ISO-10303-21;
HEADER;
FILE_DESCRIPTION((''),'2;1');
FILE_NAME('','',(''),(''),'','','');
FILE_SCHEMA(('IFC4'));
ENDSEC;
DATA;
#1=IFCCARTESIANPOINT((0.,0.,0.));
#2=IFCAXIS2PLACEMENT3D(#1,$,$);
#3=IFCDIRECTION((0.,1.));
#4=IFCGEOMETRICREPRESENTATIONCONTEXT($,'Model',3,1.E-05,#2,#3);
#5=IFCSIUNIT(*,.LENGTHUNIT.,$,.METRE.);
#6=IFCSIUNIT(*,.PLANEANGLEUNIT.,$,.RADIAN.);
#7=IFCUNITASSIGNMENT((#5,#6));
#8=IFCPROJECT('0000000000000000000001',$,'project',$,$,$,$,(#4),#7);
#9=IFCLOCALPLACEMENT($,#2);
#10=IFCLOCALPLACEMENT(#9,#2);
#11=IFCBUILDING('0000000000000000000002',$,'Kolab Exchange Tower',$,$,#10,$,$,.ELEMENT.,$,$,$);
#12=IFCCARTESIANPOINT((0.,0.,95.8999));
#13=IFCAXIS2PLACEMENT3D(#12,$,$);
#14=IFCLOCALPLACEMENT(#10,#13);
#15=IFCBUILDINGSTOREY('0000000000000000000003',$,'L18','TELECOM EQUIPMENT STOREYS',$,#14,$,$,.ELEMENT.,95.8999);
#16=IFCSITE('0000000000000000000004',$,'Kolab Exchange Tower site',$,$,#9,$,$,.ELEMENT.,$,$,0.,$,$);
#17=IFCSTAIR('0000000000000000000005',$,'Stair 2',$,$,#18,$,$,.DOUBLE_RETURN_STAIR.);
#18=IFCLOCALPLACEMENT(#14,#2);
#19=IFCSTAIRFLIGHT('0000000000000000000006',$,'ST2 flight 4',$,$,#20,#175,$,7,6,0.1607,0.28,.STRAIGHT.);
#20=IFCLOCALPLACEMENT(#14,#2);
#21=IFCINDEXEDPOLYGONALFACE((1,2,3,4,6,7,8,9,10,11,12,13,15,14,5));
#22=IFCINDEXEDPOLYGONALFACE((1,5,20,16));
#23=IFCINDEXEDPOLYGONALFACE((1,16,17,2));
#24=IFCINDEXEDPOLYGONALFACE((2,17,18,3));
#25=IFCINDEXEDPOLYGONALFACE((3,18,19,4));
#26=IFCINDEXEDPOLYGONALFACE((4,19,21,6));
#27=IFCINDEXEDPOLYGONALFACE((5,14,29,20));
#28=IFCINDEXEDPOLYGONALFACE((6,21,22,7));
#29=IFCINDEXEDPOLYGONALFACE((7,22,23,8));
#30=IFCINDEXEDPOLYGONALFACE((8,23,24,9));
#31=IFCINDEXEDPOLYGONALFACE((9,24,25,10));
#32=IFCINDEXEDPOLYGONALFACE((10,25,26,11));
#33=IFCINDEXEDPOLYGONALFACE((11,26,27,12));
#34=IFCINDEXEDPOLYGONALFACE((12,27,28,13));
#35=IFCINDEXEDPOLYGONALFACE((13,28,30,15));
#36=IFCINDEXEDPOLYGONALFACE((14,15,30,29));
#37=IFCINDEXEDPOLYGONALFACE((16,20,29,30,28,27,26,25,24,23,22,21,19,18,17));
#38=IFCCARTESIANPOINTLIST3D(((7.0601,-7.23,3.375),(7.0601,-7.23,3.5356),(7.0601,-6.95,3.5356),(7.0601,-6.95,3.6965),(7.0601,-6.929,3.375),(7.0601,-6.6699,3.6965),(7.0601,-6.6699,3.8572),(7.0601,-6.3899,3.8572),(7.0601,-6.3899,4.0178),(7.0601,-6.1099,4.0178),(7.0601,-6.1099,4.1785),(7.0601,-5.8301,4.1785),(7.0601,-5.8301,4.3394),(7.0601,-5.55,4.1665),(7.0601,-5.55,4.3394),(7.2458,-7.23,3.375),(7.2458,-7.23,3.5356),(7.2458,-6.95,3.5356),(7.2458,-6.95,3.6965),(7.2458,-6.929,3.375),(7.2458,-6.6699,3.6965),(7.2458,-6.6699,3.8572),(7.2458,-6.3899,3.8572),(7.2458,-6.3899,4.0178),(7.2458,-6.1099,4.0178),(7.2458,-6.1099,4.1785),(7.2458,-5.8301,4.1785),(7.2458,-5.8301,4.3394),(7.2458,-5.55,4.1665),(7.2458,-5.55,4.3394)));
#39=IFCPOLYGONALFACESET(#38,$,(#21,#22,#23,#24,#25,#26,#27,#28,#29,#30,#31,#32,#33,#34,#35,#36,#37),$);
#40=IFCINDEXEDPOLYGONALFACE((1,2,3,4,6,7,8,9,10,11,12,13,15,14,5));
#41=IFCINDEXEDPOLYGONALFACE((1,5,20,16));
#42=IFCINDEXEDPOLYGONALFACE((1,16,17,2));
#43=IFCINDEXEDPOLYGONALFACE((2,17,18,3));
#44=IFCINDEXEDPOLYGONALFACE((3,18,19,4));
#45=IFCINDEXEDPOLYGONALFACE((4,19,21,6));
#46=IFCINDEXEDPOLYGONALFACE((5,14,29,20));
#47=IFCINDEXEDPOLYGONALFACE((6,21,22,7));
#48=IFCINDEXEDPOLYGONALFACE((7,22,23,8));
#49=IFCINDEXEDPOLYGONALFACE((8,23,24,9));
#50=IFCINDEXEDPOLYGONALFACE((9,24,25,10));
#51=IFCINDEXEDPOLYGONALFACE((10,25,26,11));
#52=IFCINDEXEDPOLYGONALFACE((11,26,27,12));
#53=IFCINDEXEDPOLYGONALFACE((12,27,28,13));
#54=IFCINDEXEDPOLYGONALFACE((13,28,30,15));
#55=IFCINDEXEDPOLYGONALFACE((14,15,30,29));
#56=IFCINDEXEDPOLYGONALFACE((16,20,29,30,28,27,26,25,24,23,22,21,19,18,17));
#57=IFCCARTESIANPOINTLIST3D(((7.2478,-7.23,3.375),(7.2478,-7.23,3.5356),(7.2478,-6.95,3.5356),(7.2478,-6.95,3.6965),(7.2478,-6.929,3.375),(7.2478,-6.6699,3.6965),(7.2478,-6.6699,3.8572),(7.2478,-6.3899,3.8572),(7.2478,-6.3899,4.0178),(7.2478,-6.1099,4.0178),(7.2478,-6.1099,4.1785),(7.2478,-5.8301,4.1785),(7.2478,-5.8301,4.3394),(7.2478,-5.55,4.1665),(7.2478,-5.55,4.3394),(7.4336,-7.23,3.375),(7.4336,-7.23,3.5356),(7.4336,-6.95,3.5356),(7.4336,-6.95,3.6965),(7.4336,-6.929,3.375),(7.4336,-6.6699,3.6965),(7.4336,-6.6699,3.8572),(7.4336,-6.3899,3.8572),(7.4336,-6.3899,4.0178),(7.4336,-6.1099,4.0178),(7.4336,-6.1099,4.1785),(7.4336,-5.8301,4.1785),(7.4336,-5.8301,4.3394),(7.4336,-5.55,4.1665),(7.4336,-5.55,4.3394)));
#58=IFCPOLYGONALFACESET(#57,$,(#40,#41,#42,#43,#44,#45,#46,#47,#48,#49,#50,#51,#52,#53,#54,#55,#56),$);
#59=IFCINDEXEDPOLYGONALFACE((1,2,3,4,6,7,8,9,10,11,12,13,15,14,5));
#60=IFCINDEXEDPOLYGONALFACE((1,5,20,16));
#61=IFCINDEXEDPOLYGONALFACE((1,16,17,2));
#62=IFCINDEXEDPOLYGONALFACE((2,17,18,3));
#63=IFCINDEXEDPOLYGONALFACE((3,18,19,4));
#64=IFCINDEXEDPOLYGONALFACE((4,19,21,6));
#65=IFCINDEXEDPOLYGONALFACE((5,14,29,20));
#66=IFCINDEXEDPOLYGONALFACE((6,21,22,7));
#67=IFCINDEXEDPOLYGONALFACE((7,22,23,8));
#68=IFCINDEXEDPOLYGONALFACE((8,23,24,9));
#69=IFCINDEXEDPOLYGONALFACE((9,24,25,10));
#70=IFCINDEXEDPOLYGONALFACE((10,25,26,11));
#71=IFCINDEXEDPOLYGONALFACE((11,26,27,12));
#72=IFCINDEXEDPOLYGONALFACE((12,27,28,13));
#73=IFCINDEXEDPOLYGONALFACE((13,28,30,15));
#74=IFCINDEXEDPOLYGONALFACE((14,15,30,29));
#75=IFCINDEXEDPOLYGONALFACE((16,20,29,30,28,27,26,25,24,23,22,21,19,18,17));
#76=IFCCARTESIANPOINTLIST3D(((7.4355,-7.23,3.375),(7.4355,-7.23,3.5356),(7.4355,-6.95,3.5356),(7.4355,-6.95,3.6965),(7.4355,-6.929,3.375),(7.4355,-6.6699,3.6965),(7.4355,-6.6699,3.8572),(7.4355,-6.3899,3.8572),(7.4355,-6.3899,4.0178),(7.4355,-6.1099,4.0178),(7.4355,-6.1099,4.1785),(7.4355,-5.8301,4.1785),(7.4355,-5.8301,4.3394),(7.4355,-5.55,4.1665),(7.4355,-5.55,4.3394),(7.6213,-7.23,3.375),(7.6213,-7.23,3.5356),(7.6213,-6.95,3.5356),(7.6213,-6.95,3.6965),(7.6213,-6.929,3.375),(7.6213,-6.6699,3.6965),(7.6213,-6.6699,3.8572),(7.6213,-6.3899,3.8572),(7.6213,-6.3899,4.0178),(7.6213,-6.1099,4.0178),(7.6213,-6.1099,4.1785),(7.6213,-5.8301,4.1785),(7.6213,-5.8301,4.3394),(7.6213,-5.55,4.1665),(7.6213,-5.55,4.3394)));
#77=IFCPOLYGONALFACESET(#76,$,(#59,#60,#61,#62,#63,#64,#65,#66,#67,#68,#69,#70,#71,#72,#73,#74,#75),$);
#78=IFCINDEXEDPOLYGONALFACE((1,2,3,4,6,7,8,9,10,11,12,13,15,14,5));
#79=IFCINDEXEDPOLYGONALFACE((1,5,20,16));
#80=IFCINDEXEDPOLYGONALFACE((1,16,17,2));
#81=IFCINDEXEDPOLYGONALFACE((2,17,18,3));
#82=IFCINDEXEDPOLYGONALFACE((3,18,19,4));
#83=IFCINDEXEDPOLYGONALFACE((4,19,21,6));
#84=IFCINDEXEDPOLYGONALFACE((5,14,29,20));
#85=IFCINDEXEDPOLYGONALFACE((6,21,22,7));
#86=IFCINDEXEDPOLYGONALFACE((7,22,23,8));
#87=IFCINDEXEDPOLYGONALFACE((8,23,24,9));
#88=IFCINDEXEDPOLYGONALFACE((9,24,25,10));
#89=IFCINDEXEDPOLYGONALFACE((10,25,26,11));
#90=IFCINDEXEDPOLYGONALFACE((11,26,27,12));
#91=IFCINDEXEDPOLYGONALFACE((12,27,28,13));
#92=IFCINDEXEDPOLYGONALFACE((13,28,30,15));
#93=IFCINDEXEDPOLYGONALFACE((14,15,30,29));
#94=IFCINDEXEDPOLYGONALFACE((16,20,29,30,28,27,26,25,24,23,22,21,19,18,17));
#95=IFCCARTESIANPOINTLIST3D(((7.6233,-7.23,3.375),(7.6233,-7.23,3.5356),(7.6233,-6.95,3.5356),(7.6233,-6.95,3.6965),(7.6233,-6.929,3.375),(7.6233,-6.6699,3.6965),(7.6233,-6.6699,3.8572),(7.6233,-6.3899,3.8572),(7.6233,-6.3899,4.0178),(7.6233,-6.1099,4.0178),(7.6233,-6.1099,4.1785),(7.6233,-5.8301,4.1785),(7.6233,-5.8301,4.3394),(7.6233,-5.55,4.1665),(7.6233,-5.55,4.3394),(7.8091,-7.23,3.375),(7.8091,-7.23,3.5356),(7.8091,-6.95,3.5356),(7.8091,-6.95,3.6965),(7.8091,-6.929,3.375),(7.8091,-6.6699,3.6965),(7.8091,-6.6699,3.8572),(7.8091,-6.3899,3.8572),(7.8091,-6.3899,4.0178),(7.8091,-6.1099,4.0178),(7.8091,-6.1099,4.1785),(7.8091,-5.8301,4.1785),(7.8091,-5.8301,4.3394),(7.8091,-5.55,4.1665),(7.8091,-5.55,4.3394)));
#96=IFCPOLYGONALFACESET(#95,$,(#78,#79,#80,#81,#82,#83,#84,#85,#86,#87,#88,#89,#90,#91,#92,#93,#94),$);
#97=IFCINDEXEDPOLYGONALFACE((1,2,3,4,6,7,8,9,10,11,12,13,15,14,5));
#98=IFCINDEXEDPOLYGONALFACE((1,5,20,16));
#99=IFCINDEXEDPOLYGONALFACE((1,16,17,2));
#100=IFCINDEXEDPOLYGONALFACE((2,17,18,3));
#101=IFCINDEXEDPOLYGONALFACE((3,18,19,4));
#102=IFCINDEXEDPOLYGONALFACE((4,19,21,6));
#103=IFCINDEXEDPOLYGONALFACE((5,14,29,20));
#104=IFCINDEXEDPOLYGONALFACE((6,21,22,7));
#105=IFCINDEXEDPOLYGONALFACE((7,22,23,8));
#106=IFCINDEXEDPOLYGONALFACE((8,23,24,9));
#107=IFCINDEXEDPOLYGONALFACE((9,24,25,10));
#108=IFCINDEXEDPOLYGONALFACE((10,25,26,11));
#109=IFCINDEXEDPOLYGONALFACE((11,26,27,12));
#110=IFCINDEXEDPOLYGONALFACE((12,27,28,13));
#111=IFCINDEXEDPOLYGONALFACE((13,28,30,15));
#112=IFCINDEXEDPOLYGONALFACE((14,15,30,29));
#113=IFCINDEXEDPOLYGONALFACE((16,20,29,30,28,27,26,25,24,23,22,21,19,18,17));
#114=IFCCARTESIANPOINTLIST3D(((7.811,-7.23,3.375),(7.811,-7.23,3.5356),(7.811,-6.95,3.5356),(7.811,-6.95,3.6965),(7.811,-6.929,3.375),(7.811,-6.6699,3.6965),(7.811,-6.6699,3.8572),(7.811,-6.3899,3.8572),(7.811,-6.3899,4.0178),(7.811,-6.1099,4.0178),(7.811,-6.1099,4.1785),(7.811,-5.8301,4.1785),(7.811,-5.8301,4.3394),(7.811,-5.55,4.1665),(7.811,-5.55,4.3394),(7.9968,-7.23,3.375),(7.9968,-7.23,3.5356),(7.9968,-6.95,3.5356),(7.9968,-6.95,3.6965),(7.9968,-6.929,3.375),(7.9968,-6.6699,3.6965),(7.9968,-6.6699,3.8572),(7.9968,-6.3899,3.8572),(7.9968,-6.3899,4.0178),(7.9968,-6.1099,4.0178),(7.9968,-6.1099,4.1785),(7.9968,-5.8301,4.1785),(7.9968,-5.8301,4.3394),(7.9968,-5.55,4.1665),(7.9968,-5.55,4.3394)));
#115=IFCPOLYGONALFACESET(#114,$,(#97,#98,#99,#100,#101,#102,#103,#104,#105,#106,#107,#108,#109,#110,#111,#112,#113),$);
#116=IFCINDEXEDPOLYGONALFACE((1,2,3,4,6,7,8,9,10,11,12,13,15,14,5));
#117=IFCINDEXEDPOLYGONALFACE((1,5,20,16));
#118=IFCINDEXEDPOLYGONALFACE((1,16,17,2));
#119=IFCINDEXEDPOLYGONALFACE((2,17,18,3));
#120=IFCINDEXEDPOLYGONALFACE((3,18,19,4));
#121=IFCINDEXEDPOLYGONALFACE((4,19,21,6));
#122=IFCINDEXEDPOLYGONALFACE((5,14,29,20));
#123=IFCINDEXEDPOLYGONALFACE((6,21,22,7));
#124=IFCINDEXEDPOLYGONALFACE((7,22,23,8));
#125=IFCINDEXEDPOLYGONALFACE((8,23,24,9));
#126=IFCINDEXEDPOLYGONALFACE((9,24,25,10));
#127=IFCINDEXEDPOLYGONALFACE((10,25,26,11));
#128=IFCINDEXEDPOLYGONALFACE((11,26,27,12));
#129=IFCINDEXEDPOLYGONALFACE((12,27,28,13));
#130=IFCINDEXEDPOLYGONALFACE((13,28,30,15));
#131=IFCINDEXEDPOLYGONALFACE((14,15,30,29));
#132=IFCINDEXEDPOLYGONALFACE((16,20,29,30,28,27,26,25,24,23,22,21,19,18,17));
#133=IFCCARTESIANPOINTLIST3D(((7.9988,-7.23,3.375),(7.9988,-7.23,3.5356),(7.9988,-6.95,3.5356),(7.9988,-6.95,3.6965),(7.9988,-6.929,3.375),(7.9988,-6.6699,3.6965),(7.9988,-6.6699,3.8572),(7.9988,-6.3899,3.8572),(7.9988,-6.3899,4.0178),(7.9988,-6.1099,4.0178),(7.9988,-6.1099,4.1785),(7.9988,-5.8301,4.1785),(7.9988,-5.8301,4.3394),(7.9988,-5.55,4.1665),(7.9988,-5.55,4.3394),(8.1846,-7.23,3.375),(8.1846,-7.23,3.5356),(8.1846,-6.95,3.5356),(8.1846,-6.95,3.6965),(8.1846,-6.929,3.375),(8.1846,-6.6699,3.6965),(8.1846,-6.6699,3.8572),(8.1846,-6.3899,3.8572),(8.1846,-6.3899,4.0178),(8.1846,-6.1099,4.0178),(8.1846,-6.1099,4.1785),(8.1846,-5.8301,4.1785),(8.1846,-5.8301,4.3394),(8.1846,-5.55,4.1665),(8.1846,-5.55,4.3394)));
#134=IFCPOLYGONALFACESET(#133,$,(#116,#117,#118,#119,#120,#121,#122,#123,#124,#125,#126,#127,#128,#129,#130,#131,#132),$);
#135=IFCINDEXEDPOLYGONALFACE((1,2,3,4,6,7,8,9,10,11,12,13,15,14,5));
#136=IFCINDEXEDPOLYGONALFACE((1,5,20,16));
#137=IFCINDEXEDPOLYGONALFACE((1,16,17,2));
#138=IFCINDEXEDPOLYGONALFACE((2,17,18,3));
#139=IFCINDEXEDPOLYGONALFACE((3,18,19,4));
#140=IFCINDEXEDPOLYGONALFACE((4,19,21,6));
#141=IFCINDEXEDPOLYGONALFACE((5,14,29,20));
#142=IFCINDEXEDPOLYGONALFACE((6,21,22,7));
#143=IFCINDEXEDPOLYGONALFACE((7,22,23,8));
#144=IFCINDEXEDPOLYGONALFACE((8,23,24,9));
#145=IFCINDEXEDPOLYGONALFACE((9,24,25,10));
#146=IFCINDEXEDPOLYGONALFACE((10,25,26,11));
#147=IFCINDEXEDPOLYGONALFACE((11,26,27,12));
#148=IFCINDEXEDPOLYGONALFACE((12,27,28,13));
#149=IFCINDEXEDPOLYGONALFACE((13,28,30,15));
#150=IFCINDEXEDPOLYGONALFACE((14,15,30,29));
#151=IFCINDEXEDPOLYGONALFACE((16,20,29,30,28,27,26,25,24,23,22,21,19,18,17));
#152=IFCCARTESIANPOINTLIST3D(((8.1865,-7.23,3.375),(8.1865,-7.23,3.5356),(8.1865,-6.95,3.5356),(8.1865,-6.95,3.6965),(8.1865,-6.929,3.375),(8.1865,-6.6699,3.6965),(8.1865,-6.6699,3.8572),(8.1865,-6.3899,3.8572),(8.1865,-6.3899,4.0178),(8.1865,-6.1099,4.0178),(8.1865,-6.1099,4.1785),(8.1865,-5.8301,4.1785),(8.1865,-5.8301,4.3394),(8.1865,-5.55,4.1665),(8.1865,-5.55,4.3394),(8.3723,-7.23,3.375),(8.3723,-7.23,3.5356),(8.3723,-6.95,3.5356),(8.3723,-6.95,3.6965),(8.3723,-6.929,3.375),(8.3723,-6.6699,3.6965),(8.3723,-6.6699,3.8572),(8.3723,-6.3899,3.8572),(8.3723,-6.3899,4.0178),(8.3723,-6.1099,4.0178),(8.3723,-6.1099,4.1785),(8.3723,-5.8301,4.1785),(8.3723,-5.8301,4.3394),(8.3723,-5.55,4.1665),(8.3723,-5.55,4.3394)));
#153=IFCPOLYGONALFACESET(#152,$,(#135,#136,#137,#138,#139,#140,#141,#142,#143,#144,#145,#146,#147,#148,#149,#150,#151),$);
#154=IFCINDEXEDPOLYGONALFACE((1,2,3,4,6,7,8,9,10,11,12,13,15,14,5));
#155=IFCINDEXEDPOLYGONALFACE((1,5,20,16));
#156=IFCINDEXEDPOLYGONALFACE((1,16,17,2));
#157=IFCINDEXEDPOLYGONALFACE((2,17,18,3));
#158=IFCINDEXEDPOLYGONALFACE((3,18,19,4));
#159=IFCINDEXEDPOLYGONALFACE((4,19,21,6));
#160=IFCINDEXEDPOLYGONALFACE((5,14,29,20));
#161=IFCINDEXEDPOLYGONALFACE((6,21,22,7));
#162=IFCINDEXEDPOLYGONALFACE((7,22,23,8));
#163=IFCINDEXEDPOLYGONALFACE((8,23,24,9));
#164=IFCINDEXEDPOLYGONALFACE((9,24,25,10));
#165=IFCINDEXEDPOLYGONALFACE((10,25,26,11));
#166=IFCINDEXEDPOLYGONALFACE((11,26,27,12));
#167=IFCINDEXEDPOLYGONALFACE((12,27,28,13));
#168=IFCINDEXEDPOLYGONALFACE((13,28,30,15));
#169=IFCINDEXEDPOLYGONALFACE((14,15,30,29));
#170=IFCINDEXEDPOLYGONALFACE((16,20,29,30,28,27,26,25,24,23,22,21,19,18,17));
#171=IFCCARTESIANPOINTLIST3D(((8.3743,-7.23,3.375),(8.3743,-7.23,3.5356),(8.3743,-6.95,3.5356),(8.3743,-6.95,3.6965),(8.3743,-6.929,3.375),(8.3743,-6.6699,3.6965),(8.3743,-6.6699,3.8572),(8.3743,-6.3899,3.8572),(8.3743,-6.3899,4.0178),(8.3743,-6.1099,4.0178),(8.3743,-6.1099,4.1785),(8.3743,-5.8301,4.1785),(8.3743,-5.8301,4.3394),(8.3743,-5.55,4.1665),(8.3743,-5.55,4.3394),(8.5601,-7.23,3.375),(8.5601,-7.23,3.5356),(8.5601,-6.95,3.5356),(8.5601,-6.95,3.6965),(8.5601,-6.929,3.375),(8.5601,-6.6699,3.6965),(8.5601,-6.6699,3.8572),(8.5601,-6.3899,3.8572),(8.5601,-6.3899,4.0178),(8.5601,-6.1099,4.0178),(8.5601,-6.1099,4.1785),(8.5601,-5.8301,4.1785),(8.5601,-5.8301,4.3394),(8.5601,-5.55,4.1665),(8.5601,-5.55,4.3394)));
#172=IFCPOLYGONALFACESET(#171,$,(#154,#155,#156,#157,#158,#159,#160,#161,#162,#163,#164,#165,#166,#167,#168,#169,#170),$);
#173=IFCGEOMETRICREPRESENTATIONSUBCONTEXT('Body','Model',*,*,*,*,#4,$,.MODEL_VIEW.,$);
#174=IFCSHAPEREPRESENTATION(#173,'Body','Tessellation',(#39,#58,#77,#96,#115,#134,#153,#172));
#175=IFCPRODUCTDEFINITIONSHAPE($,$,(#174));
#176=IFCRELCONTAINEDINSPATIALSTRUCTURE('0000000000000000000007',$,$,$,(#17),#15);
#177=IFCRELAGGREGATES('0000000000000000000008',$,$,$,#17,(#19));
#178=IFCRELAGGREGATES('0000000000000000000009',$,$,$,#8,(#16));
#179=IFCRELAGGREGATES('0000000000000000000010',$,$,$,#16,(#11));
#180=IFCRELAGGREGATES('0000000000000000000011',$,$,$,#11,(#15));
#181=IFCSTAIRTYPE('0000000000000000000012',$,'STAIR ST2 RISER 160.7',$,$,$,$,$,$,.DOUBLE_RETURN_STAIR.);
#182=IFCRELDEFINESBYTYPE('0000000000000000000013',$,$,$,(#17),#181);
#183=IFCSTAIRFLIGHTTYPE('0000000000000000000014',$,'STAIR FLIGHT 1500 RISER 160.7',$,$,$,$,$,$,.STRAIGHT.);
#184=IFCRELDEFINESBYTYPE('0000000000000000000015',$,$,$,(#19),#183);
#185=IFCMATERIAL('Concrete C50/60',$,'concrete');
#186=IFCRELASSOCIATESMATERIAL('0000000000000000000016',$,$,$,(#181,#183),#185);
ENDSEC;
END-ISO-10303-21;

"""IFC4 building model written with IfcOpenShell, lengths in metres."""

from ifc_helpers import new_model, si_unit, direction, frame, origin, place, context, subcontext, project, spatial, polyline, outline, extrude, material, type_object, element, aggregate, save


model = new_model("IFC4")

# Units and contexts
model_context = context("Model", 3, precision=1e-05, world=origin(), true_north=direction((0.0, 1.0)))
body_context = subcontext(model_context, "Body", "Model", "MODEL_VIEW")
ifc_project = project(units=[si_unit("LENGTHUNIT", "METRE"), si_unit("PLANEANGLEUNIT", "RADIAN")], contexts=[model_context])

# Site, building, storey
site_placement = place(None, origin())
site = spatial("IfcSite", under=ifc_project, at=site_placement, Name="Kolab Exchange Tower site", CompositionType="ELEMENT", RefElevation=0.0)
building_placement = place(site_placement, origin())
building = spatial("IfcBuilding", under=site, at=building_placement, Name="Kolab Exchange Tower", CompositionType="ELEMENT")
storey_placement = place(building_placement, frame((0.0, 0.0, 95.8999)))
storey = spatial("IfcBuildingStorey", under=building, at=storey_placement, Name="L18", Description="TELECOM EQUIPMENT STOREYS", CompositionType="ELEMENT", Elevation=95.8999)

# Shared definitions
ifc_material_1 = material(Name="Concrete C50/60", Category="concrete")

# Stair, stair flight
stair_type = type_object("IfcStairType", Name="STAIR ST2 RISER 160.7", PredefinedType="DOUBLE_RETURN_STAIR", material=ifc_material_1)
stair_placement = place(storey_placement, origin())
stair = element("IfcStair", 1, at=stair_placement, inside=storey, type_object=stair_type, Name="Stair 2", PredefinedType="DOUBLE_RETURN_STAIR")
stair_flight_type = type_object("IfcStairFlightType", Name="STAIR FLIGHT 1500 RISER 160.7", PredefinedType="STRAIGHT", material=ifc_material_1)
stair_flight_1_placement = place(storey_placement, frame((7.8101, -7.23, 3.375), z_axis=(0.0, 0.0, 1.0), x_axis=(0.0, 1.0, 0.0)))
stair_flight_1 = element("IfcStairFlight", 2, at=stair_flight_1_placement, type_object=stair_flight_type, Name="ST2 flight 4", NumberOfRisers=7, NumberOfTreads=6, PredefinedType="STRAIGHT", RiserHeight=0.1607, TreadLength=0.28, context=body_context, shape_type="SweptSolid", body=[
    extrude(outline(polyline([(0.0, 0.0), (0.0, 0.1606), (0.28, 0.1606), (0.28, 0.3215), (0.5601, 0.3215), (0.5601, 0.4822), (0.8401, 0.4822), (0.8401, 0.6428), (1.1201, 0.6428), (1.1201, 0.8035), (1.3999, 0.8035), (1.3999, 0.9644), (1.6799, 0.9644), (1.6799, 1.125), (1.6799, 0.7915), (0.301, 0.0), (0.0, 0.0)])), frame((0.0, 0.75, 0.0), z_axis=(0.0, -1.0, 0.0), x_axis=(1.0, 0.0, 0.0)), (0.0, 0.0, 1.0), 0.1858),
    extrude(outline(polyline([(0.0, 0.0), (0.0, 0.1606), (0.28, 0.1606), (0.28, 0.3215), (0.5601, 0.3215), (0.5601, 0.4822), (0.8401, 0.4822), (0.8401, 0.6428), (1.1201, 0.6428), (1.1201, 0.8035), (1.3999, 0.8035), (1.3999, 0.9644), (1.6799, 0.9644), (1.6799, 1.125), (1.6799, 0.7915), (0.301, 0.0), (0.0, 0.0)])), frame((0.0, 0.5623, 0.0), z_axis=(0.0, -1.0, 0.0), x_axis=(1.0, 0.0, 0.0)), (0.0, 0.0, 1.0), 0.1858),
    extrude(outline(polyline([(0.0, 0.0), (0.0, 0.1606), (0.28, 0.1606), (0.28, 0.3215), (0.5601, 0.3215), (0.5601, 0.4822), (0.8401, 0.4822), (0.8401, 0.6428), (1.1201, 0.6428), (1.1201, 0.8035), (1.3999, 0.8035), (1.3999, 0.9644), (1.6799, 0.9644), (1.6799, 1.125), (1.6799, 0.7915), (0.301, 0.0), (0.0, 0.0)])), frame((0.0, 0.3745, 0.0), z_axis=(0.0, -1.0, 0.0), x_axis=(1.0, 0.0, 0.0)), (0.0, 0.0, 1.0), 0.1858),
    extrude(outline(polyline([(0.0, 0.0), (0.0, 0.1606), (0.28, 0.1606), (0.28, 0.3215), (0.5601, 0.3215), (0.5601, 0.4822), (0.8401, 0.4822), (0.8401, 0.6428), (1.1201, 0.6428), (1.1201, 0.8035), (1.3999, 0.8035), (1.3999, 0.9644), (1.6799, 0.9644), (1.6799, 1.125), (1.6799, 0.7915), (0.301, 0.0), (0.0, 0.0)])), frame((0.0, 0.1868, 0.0), z_axis=(0.0, -1.0, 0.0), x_axis=(1.0, 0.0, 0.0)), (0.0, 0.0, 1.0), 0.1858),
    extrude(outline(polyline([(0.0, 0.0), (0.0, 0.1606), (0.28, 0.1606), (0.28, 0.3215), (0.5601, 0.3215), (0.5601, 0.4822), (0.8401, 0.4822), (0.8401, 0.6428), (1.1201, 0.6428), (1.1201, 0.8035), (1.3999, 0.8035), (1.3999, 0.9644), (1.6799, 0.9644), (1.6799, 1.125), (1.6799, 0.7915), (0.301, 0.0), (0.0, 0.0)])), frame((0.0, -0.001, 0.0), z_axis=(0.0, -1.0, 0.0), x_axis=(1.0, 0.0, 0.0)), (0.0, 0.0, 1.0), 0.1858),
    extrude(outline(polyline([(0.0, 0.0), (0.0, 0.1606), (0.28, 0.1606), (0.28, 0.3215), (0.5601, 0.3215), (0.5601, 0.4822), (0.8401, 0.4822), (0.8401, 0.6428), (1.1201, 0.6428), (1.1201, 0.8035), (1.3999, 0.8035), (1.3999, 0.9644), (1.6799, 0.9644), (1.6799, 1.125), (1.6799, 0.7915), (0.301, 0.0), (0.0, 0.0)])), frame((0.0, -0.1887, 0.0), z_axis=(0.0, -1.0, 0.0), x_axis=(1.0, 0.0, 0.0)), (0.0, 0.0, 1.0), 0.1858),
    extrude(outline(polyline([(0.0, 0.0), (0.0, 0.1606), (0.28, 0.1606), (0.28, 0.3215), (0.5601, 0.3215), (0.5601, 0.4822), (0.8401, 0.4822), (0.8401, 0.6428), (1.1201, 0.6428), (1.1201, 0.8035), (1.3999, 0.8035), (1.3999, 0.9644), (1.6799, 0.9644), (1.6799, 1.125), (1.6799, 0.7915), (0.301, 0.0), (0.0, 0.0)])), frame((0.0, -0.3765, 0.0), z_axis=(0.0, -1.0, 0.0), x_axis=(1.0, 0.0, 0.0)), (0.0, 0.0, 1.0), 0.1858),
    extrude(outline(polyline([(0.0, 0.0), (0.0, 0.1606), (0.28, 0.1606), (0.28, 0.3215), (0.5601, 0.3215), (0.5601, 0.4822), (0.8401, 0.4822), (0.8401, 0.6428), (1.1201, 0.6428), (1.1201, 0.8035), (1.3999, 0.8035), (1.3999, 0.9644), (1.6799, 0.9644), (1.6799, 1.125), (1.6799, 0.7915), (0.301, 0.0), (0.0, 0.0)])), frame((0.0, -0.5642, 0.0), z_axis=(0.0, -1.0, 0.0), x_axis=(1.0, 0.0, 0.0)), (0.0, 0.0, 1.0), 0.1858),
])
aggregate(stair, [stair_flight_1])

save(model, "model.ifc")
